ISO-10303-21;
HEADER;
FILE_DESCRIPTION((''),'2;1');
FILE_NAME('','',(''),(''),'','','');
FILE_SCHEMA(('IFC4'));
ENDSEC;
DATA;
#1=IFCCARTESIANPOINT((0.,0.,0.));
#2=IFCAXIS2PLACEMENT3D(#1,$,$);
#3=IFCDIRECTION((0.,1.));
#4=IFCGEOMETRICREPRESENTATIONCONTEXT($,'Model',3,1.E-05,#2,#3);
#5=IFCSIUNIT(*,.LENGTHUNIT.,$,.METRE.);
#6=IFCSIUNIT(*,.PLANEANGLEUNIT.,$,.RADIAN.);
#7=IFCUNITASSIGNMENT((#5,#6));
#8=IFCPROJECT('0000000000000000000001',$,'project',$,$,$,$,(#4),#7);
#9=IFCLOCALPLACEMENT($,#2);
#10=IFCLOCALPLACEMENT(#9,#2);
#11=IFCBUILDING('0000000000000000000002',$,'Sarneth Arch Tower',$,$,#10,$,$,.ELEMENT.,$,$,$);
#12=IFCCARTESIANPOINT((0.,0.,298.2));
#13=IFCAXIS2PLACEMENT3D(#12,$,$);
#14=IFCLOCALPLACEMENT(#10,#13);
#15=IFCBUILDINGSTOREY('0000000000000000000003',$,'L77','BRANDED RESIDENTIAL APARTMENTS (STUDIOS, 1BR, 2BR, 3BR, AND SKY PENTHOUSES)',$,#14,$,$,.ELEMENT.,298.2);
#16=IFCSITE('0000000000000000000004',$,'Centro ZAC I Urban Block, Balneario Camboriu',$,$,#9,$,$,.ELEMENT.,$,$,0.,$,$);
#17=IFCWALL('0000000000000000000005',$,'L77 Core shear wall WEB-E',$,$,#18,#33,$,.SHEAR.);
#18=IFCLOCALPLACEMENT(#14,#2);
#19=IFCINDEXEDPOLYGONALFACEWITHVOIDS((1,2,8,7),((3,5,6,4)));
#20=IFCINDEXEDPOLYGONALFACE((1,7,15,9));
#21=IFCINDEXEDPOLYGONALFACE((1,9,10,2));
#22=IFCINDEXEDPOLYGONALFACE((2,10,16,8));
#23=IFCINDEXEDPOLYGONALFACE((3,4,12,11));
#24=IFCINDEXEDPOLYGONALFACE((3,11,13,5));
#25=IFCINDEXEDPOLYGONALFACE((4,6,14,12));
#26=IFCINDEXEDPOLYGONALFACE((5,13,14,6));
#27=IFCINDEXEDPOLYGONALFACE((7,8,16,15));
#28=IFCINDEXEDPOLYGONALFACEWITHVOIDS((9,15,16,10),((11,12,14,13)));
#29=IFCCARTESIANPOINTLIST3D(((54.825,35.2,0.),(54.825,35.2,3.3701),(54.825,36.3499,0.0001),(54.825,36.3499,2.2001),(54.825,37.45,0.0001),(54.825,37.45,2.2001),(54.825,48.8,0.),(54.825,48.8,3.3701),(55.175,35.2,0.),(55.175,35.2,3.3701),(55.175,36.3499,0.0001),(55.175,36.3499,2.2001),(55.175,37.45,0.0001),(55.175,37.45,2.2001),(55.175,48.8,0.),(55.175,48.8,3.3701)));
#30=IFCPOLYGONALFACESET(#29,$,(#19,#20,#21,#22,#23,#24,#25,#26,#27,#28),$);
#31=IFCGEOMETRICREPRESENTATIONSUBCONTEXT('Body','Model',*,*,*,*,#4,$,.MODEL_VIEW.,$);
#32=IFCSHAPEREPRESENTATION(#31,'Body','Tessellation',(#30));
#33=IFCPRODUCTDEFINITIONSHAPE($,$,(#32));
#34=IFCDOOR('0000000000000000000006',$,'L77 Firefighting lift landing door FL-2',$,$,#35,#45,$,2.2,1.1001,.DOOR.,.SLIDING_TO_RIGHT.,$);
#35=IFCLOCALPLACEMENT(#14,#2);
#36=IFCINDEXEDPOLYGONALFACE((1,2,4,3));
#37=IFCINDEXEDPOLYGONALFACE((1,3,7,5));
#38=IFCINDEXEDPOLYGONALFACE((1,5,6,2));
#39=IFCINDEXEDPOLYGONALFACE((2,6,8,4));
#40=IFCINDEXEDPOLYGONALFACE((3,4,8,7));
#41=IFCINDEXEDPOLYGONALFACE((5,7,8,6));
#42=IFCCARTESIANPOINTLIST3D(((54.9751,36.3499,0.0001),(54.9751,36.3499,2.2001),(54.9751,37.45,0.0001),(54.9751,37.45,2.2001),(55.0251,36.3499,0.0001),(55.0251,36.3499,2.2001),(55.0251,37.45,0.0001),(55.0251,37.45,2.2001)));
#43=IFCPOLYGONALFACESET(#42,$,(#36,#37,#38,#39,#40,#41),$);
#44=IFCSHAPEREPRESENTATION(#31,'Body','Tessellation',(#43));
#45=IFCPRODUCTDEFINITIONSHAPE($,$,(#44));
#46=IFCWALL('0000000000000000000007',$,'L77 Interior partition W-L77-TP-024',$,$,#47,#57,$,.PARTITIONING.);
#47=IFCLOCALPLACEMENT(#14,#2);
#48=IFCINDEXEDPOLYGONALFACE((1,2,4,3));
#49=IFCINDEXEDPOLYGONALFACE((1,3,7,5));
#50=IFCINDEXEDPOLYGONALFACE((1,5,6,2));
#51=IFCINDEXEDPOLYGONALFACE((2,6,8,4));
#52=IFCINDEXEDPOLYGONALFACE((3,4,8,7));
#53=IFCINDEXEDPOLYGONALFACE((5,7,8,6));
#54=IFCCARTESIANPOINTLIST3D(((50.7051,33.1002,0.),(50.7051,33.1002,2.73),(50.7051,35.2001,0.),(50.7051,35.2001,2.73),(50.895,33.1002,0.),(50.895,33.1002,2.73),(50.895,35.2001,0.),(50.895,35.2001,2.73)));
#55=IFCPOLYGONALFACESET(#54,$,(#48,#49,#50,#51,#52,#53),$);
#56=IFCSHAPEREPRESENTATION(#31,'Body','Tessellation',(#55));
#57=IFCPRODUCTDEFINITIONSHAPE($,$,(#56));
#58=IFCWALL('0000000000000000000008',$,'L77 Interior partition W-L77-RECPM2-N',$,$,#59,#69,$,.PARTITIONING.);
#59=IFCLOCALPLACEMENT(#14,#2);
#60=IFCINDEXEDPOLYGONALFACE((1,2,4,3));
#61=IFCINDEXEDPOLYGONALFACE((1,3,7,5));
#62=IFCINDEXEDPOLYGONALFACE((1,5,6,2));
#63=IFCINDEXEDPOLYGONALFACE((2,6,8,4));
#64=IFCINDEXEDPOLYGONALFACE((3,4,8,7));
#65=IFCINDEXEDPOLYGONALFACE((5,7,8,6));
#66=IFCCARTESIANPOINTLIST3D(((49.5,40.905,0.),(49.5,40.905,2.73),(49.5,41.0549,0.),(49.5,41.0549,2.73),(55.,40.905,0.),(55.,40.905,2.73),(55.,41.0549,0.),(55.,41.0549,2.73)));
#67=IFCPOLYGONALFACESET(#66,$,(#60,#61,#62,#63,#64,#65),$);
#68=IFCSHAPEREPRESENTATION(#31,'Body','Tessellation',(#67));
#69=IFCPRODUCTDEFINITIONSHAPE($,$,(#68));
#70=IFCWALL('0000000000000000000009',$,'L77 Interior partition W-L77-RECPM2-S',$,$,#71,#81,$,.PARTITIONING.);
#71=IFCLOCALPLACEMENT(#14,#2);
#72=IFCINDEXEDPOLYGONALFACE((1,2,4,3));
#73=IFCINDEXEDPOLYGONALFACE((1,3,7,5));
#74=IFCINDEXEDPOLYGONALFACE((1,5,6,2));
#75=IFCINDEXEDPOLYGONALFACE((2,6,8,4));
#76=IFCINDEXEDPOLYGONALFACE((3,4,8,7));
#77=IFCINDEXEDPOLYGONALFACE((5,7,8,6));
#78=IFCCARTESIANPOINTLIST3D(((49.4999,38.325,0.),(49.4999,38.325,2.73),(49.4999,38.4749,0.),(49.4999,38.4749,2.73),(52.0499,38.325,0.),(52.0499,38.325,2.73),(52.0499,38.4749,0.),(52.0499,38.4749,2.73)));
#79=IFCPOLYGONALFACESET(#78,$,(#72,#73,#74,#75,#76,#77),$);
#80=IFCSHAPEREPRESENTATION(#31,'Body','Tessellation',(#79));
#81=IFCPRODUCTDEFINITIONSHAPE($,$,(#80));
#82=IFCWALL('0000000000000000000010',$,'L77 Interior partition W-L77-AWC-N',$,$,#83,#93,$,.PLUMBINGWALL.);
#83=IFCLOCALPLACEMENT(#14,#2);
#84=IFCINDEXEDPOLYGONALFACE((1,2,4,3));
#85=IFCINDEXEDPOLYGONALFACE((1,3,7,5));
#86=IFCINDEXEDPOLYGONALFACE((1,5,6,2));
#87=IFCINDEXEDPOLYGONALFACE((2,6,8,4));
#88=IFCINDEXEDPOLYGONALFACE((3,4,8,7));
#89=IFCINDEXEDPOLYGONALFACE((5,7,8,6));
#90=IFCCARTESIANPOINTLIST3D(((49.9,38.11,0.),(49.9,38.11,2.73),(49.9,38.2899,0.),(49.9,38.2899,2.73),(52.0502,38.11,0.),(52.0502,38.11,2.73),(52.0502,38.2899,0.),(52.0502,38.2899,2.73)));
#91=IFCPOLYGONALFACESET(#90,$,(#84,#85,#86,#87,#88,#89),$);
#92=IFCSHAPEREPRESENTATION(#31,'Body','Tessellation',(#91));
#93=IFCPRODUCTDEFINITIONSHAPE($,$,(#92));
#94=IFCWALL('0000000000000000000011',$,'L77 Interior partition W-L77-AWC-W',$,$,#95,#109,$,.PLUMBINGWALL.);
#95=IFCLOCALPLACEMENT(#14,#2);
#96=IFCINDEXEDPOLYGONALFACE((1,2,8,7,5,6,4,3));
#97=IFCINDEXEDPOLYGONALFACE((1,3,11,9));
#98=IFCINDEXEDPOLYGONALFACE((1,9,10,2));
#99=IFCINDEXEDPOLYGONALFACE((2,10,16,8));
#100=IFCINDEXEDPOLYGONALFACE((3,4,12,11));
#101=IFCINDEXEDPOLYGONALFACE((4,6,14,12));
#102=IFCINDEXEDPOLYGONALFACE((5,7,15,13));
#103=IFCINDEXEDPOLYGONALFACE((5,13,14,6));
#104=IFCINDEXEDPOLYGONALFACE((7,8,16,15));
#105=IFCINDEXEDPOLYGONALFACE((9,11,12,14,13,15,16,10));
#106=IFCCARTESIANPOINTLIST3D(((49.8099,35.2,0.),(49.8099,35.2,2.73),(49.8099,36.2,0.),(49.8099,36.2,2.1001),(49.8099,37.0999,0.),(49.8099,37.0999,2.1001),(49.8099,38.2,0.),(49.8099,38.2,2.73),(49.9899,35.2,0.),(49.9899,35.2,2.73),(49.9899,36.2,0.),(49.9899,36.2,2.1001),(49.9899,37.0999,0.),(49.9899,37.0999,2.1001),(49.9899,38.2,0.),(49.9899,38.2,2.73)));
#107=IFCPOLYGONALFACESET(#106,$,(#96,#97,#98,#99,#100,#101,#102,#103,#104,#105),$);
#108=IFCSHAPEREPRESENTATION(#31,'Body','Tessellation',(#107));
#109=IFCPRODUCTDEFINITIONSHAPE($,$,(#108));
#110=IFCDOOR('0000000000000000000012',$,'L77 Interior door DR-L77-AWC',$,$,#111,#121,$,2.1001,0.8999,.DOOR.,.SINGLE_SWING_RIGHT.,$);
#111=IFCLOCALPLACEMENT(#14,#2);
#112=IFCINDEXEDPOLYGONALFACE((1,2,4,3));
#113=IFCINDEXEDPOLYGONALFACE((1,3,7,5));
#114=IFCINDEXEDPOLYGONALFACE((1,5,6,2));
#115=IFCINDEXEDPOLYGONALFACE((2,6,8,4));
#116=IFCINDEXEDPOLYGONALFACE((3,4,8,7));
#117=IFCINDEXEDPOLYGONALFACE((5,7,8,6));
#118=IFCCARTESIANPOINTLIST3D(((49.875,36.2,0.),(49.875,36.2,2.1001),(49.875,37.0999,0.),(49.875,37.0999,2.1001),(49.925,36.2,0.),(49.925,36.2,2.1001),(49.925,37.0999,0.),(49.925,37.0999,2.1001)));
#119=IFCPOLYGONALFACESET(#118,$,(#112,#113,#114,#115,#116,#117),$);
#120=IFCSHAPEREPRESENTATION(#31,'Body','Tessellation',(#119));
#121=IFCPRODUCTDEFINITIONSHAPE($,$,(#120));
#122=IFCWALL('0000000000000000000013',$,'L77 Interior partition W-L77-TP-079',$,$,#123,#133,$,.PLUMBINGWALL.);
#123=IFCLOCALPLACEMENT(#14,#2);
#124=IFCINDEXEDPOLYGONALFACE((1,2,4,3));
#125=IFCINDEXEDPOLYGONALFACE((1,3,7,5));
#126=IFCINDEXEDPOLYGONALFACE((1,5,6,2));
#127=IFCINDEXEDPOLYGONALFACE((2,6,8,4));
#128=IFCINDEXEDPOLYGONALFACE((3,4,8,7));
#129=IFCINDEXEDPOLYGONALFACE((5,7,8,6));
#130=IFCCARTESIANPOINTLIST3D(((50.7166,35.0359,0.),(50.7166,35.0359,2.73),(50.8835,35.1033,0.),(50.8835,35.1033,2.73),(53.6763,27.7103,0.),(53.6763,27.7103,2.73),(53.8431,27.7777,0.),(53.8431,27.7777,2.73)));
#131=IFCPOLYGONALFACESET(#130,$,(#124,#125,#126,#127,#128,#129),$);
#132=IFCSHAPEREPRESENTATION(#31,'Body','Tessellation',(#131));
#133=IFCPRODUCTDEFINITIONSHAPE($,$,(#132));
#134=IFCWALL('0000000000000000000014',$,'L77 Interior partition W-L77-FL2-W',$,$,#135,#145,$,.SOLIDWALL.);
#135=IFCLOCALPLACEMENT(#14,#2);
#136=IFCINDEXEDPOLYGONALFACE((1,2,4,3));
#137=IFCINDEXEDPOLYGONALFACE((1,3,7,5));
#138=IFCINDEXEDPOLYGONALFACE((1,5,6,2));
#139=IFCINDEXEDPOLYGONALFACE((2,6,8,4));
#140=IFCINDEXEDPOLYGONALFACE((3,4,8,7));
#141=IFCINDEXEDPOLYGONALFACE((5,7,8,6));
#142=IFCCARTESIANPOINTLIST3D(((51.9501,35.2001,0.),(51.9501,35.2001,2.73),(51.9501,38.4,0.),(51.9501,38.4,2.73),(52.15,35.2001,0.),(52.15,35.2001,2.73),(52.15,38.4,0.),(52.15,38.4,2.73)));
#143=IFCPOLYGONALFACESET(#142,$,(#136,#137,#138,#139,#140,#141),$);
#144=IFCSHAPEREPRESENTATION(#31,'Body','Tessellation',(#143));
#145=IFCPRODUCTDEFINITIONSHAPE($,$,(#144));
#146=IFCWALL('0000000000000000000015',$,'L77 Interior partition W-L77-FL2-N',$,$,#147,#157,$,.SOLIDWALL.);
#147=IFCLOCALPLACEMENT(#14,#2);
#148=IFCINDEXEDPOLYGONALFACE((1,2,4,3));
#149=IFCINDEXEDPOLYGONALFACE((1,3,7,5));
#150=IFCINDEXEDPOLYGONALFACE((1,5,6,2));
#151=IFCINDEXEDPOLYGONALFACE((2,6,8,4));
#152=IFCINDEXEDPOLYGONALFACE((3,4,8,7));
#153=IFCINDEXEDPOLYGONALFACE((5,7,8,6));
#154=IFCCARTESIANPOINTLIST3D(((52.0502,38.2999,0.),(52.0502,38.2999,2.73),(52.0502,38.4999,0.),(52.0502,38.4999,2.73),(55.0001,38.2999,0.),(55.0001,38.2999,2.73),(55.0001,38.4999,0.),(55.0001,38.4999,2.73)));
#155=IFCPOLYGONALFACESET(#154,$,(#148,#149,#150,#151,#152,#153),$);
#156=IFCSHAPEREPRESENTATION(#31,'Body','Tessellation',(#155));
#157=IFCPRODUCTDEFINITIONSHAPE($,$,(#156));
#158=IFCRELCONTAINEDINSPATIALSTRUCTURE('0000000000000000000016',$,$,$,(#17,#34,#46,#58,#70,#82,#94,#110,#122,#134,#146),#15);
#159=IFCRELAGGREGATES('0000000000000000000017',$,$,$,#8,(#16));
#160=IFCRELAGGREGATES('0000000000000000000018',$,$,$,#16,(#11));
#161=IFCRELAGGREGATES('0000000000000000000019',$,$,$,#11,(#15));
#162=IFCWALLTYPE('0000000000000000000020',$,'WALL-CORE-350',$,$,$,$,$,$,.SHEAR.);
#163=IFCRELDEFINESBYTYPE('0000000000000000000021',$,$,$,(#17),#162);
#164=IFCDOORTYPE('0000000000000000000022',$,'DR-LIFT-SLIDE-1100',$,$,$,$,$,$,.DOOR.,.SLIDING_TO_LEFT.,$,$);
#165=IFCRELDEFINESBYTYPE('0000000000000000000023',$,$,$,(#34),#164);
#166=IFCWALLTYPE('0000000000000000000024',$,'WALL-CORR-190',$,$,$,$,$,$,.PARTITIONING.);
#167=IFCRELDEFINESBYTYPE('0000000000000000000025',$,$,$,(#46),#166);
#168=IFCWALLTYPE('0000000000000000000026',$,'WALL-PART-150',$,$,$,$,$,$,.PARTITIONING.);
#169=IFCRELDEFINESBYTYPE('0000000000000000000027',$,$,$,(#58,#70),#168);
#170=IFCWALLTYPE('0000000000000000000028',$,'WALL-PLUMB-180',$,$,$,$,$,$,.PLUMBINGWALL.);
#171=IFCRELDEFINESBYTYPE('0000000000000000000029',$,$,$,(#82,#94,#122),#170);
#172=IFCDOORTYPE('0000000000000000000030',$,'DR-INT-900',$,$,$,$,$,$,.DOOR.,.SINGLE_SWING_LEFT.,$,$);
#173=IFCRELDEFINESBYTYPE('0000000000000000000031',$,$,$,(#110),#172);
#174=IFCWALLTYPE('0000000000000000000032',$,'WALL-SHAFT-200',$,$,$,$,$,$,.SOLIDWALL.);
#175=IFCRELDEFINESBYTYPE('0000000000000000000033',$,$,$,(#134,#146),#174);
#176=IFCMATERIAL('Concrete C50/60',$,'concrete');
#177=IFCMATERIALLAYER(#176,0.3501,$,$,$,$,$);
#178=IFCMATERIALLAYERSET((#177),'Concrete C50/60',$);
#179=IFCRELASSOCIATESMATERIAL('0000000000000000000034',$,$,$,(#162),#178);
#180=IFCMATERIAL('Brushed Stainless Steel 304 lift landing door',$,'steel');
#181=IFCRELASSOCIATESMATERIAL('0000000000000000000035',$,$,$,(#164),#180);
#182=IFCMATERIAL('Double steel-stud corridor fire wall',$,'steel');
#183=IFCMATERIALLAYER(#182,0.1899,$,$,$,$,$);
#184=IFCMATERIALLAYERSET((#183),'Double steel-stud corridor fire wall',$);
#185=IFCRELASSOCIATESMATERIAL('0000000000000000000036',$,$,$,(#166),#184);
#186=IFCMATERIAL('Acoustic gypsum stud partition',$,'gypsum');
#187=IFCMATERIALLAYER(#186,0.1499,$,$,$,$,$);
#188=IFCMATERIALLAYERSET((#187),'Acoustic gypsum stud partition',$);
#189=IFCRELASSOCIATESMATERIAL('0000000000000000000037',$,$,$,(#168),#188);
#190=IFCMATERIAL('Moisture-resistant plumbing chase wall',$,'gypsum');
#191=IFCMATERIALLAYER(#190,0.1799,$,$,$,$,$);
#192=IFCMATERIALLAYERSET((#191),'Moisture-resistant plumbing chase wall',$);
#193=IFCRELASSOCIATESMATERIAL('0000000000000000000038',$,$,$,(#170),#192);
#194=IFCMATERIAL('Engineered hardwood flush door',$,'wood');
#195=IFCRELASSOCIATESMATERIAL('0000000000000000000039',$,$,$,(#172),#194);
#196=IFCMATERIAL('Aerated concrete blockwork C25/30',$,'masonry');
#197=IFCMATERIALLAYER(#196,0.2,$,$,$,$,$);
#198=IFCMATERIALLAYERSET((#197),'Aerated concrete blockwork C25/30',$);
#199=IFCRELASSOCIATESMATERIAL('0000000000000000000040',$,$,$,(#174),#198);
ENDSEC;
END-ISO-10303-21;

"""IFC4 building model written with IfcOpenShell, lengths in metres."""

from ifc_helpers import new_model, si_unit, direction, frame, frame_2d, origin, place, context, subcontext, project, spatial, rectangle, extrude, material, layer, layer_set, type_object, element, fill, save


model = new_model("IFC4")

# Units and contexts
model_context = context("Model", 3, precision=1e-05, world=origin(), true_north=direction((0.0, 1.0)))
body_context = subcontext(model_context, "Body", "Model", "MODEL_VIEW")
ifc_project = project(units=[si_unit("LENGTHUNIT", "METRE"), si_unit("PLANEANGLEUNIT", "RADIAN")], contexts=[model_context])

# Site, building, storey
site_placement = place(None, origin())
site = spatial("IfcSite", under=ifc_project, at=site_placement, Name="Centro ZAC I Urban Block, Balneario Camboriu", CompositionType="ELEMENT", RefElevation=0.0)
building_placement = place(site_placement, origin())
building = spatial("IfcBuilding", under=site, at=building_placement, Name="Sarneth Arch Tower", CompositionType="ELEMENT")
storey_placement = place(building_placement, frame((0.0, 0.0, 298.2)))
storey = spatial("IfcBuildingStorey", under=building, at=storey_placement, Name="L77", Description="BRANDED RESIDENTIAL APARTMENTS (STUDIOS, 1BR, 2BR, 3BR, AND SKY PENTHOUSES)", CompositionType="ELEMENT", Elevation=298.2)

# Shared definitions
ifc_material_1 = material(Name="Concrete C50/60", Category="concrete")
ifc_layer_1 = layer(ifc_material_1, 0.3501)
ifc_layer_set_1 = layer_set([ifc_layer_1], Name="Concrete C50/60")
wall_type_1 = type_object("IfcWallType", Name="WALL-CORE-350", PredefinedType="SHEAR", material=ifc_layer_set_1)

# Wall, opening, door
wall_1_placement = place(storey_placement, frame((55.0, 35.2, 0.0), z_axis=(0.0, 0.0, 1.0), x_axis=(0.0, 1.0, 0.0)))
wall_1 = element("IfcWall", 1, at=wall_1_placement, inside=storey, type_object=wall_type_1, Name="L77 Core shear wall WEB-E", PredefinedType="SHEAR", context=body_context, shape_type="SweptSolid", body=[
    extrude(rectangle(XDim=13.6001, YDim=0.3501, at=frame_2d((6.8, 0.0))), origin(), (0.0, 0.0, 1.0), 3.3701),
])
opening_1_placement = place(wall_1_placement, frame((1.1499, 0.0, 0.0)))
opening_1 = element("IfcOpeningElement", 2, at=opening_1_placement, cuts=wall_1, PredefinedType="OPENING", context=body_context, shape_type="SweptSolid", body=[
    extrude(rectangle(XDim=1.1001, YDim=2.2, at=frame_2d((0.55, 1.1001))), frame((0.0, 0.1851, 0.0), z_axis=(0.0, -1.0, 0.0), x_axis=(1.0, 0.0, 0.0)), (0.0, 0.0, 1.0), 0.3701),
])
ifc_material_2 = material(Name="Brushed Stainless Steel 304 lift landing door", Category="steel")
door_type_1 = type_object("IfcDoorType", Name="DR-LIFT-SLIDE-1100", OperationType="SLIDING_TO_LEFT", PredefinedType="DOOR", material=ifc_material_2)
door_1_placement = place(opening_1_placement, origin())
door_1 = element("IfcDoor", 3, at=door_1_placement, inside=storey, type_object=door_type_1, Name="L77 Firefighting lift landing door FL-2", OperationType="SLIDING_TO_RIGHT", OverallHeight=2.2, OverallWidth=1.1001, PredefinedType="DOOR", context=body_context, shape_type="SweptSolid", body=[
    extrude(rectangle(XDim=1.1001, YDim=2.2, at=frame_2d((0.55, 1.1001))), frame((0.0, 0.0249, 0.0), z_axis=(0.0, -1.0, 0.0), x_axis=(1.0, 0.0, 0.0)), (0.0, 0.0, 1.0), 0.05),
])
fill(opening_1, door_1)

# Walls
ifc_material_3 = material(Name="Double steel-stud corridor fire wall", Category="steel")
ifc_layer_2 = layer(ifc_material_3, 0.1899)
ifc_layer_set_2 = layer_set([ifc_layer_2], Name="Double steel-stud corridor fire wall")
wall_type_2 = type_object("IfcWallType", Name="WALL-CORR-190", PredefinedType="PARTITIONING", material=ifc_layer_set_2)
wall_2_placement = place(storey_placement, frame((50.8, 35.2, 0.0), z_axis=(0.0, 0.0, 1.0), x_axis=(0.0, -1.0, 0.0)))
element("IfcWall", 4, at=wall_2_placement, inside=storey, type_object=wall_type_2, Name="L77 Interior partition W-L77-TP-024", PredefinedType="PARTITIONING", context=body_context, shape_type="SweptSolid", body=[
    extrude(rectangle(XDim=2.0999, YDim=0.1899, at=frame_2d((1.0498, 0.0))), origin(), (0.0, 0.0, 1.0), 2.73),
])
ifc_material_4 = material(Name="Acoustic gypsum stud partition", Category="gypsum")
ifc_layer_3 = layer(ifc_material_4, 0.1499)
ifc_layer_set_3 = layer_set([ifc_layer_3], Name="Acoustic gypsum stud partition")
wall_type_3 = type_object("IfcWallType", Name="WALL-PART-150", PredefinedType="PARTITIONING", material=ifc_layer_set_3)
wall_3_placement = place(storey_placement, frame((49.5, 40.98, 0.0), z_axis=(0.0, 0.0, 1.0), x_axis=(1.0, 0.0, 0.0)))
element("IfcWall", 5, at=wall_3_placement, inside=storey, type_object=wall_type_3, Name="L77 Interior partition W-L77-RECPM2-N", PredefinedType="PARTITIONING", context=body_context, shape_type="SweptSolid", body=[
    extrude(rectangle(XDim=5.5, YDim=0.1499, at=frame_2d((2.75, 0.0))), origin(), (0.0, 0.0, 1.0), 2.73),
])
wall_4_placement = place(storey_placement, frame((49.5, 38.3999, 0.0), z_axis=(0.0, 0.0, 1.0), x_axis=(1.0, 0.0, 0.0)))
element("IfcWall", 6, at=wall_4_placement, inside=storey, type_object=wall_type_3, Name="L77 Interior partition W-L77-RECPM2-S", PredefinedType="PARTITIONING", context=body_context, shape_type="SweptSolid", body=[
    extrude(rectangle(XDim=2.55, YDim=0.1499, at=frame_2d((1.2749, 0.0))), origin(), (0.0, 0.0, 1.0), 2.73),
])

# Wall
ifc_material_5 = material(Name="Moisture-resistant plumbing chase wall", Category="gypsum")
ifc_layer_4 = layer(ifc_material_5, 0.1799)
ifc_layer_set_4 = layer_set([ifc_layer_4], Name="Moisture-resistant plumbing chase wall")
wall_type_4 = type_object("IfcWallType", Name="WALL-PLUMB-180", PredefinedType="PLUMBINGWALL", material=ifc_layer_set_4)
wall_5_placement = place(storey_placement, frame((49.8999, 38.2, 0.0), z_axis=(0.0, 0.0, 1.0), x_axis=(1.0, 0.0, 0.0)))
element("IfcWall", 7, at=wall_5_placement, inside=storey, type_object=wall_type_4, Name="L77 Interior partition W-L77-AWC-N", PredefinedType="PLUMBINGWALL", context=body_context, shape_type="SweptSolid", body=[
    extrude(rectangle(XDim=2.1501, YDim=0.1799, at=frame_2d((1.0752, 0.0))), origin(), (0.0, 0.0, 1.0), 2.73),
])

# Wall, opening, door
wall_6_placement = place(storey_placement, frame((49.8999, 35.2, 0.0), z_axis=(0.0, 0.0, 1.0), x_axis=(0.0, 1.0, 0.0)))
wall_6 = element("IfcWall", 8, at=wall_6_placement, inside=storey, type_object=wall_type_4, Name="L77 Interior partition W-L77-AWC-W", PredefinedType="PLUMBINGWALL", context=body_context, shape_type="SweptSolid", body=[
    extrude(rectangle(XDim=3.0, YDim=0.1799, at=frame_2d((1.5, 0.0))), origin(), (0.0, 0.0, 1.0), 2.73),
])
opening_2_placement = place(wall_6_placement, frame((1.0, 0.0, 0.0)))
opening_2 = element("IfcOpeningElement", 9, at=opening_2_placement, cuts=wall_6, PredefinedType="OPENING", context=body_context, shape_type="SweptSolid", body=[
    extrude(rectangle(XDim=0.8999, YDim=2.1001, at=frame_2d((0.45, 1.05))), frame((0.0, 0.0999, 0.0), z_axis=(0.0, -1.0, 0.0), x_axis=(1.0, 0.0, 0.0)), (0.0, 0.0, 1.0), 0.2),
])
ifc_material_6 = material(Name="Engineered hardwood flush door", Category="wood")
door_type_2 = type_object("IfcDoorType", Name="DR-INT-900", OperationType="SINGLE_SWING_LEFT", PredefinedType="DOOR", material=ifc_material_6)
door_2_placement = place(opening_2_placement, origin())
door_2 = element("IfcDoor", 10, at=door_2_placement, inside=storey, type_object=door_type_2, Name="L77 Interior door DR-L77-AWC", OperationType="SINGLE_SWING_RIGHT", OverallHeight=2.1001, OverallWidth=0.8999, PredefinedType="DOOR", context=body_context, shape_type="SweptSolid", body=[
    extrude(rectangle(XDim=0.8999, YDim=2.1001, at=frame_2d((0.45, 1.05))), frame((0.0, 0.0249, 0.0), z_axis=(0.0, -1.0, 0.0), x_axis=(1.0, 0.0, 0.0)), (0.0, 0.0, 1.0), 0.05),
])
fill(opening_2, door_2)

# Wall
wall_7_placement = place(storey_placement, frame((50.8, 35.0696, 0.0), z_axis=(0.0, 0.0, 1.0), x_axis=(0.374601, -0.927186, 0.0)))
element("IfcWall", 11, at=wall_7_placement, inside=storey, type_object=wall_type_4, Name="L77 Interior partition W-L77-TP-079", PredefinedType="PLUMBINGWALL", context=body_context, shape_type="SweptSolid", body=[
    extrude(rectangle(XDim=7.9009, YDim=0.1799, at=frame_2d((3.9504, 0.0))), origin(), (0.0, 0.0, 1.0), 2.73),
])

# Shared definitions
ifc_material_7 = material(Name="Aerated concrete blockwork C25/30", Category="masonry")
ifc_layer_5 = layer(ifc_material_7, 0.2)
ifc_layer_set_5 = layer_set([ifc_layer_5], Name="Aerated concrete blockwork C25/30")
wall_type_5 = type_object("IfcWallType", Name="WALL-SHAFT-200", PredefinedType="SOLIDWALL", material=ifc_layer_set_5)

# Walls
wall_8_placement = place(storey_placement, frame((52.05, 35.2, 0.0), z_axis=(0.0, 0.0, 1.0), x_axis=(0.0, 1.0, 0.0)))
element("IfcWall", 12, at=wall_8_placement, inside=storey, type_object=wall_type_5, Name="L77 Interior partition W-L77-FL2-W", PredefinedType="SOLIDWALL", context=body_context, shape_type="SweptSolid", body=[
    extrude(rectangle(XDim=3.2, YDim=0.2, at=frame_2d((1.6001, 0.0))), origin(), (0.0, 0.0, 1.0), 2.73),
])
wall_9_placement = place(storey_placement, frame((52.05, 38.3999, 0.0), z_axis=(0.0, 0.0, 1.0), x_axis=(1.0, 0.0, 0.0)))
element("IfcWall", 13, at=wall_9_placement, inside=storey, type_object=wall_type_5, Name="L77 Interior partition W-L77-FL2-N", PredefinedType="SOLIDWALL", context=body_context, shape_type="SweptSolid", body=[
    extrude(rectangle(XDim=2.95, YDim=0.2, at=frame_2d((1.4751, 0.0))), origin(), (0.0, 0.0, 1.0), 2.73),
])

save(model, "model.ifc")
